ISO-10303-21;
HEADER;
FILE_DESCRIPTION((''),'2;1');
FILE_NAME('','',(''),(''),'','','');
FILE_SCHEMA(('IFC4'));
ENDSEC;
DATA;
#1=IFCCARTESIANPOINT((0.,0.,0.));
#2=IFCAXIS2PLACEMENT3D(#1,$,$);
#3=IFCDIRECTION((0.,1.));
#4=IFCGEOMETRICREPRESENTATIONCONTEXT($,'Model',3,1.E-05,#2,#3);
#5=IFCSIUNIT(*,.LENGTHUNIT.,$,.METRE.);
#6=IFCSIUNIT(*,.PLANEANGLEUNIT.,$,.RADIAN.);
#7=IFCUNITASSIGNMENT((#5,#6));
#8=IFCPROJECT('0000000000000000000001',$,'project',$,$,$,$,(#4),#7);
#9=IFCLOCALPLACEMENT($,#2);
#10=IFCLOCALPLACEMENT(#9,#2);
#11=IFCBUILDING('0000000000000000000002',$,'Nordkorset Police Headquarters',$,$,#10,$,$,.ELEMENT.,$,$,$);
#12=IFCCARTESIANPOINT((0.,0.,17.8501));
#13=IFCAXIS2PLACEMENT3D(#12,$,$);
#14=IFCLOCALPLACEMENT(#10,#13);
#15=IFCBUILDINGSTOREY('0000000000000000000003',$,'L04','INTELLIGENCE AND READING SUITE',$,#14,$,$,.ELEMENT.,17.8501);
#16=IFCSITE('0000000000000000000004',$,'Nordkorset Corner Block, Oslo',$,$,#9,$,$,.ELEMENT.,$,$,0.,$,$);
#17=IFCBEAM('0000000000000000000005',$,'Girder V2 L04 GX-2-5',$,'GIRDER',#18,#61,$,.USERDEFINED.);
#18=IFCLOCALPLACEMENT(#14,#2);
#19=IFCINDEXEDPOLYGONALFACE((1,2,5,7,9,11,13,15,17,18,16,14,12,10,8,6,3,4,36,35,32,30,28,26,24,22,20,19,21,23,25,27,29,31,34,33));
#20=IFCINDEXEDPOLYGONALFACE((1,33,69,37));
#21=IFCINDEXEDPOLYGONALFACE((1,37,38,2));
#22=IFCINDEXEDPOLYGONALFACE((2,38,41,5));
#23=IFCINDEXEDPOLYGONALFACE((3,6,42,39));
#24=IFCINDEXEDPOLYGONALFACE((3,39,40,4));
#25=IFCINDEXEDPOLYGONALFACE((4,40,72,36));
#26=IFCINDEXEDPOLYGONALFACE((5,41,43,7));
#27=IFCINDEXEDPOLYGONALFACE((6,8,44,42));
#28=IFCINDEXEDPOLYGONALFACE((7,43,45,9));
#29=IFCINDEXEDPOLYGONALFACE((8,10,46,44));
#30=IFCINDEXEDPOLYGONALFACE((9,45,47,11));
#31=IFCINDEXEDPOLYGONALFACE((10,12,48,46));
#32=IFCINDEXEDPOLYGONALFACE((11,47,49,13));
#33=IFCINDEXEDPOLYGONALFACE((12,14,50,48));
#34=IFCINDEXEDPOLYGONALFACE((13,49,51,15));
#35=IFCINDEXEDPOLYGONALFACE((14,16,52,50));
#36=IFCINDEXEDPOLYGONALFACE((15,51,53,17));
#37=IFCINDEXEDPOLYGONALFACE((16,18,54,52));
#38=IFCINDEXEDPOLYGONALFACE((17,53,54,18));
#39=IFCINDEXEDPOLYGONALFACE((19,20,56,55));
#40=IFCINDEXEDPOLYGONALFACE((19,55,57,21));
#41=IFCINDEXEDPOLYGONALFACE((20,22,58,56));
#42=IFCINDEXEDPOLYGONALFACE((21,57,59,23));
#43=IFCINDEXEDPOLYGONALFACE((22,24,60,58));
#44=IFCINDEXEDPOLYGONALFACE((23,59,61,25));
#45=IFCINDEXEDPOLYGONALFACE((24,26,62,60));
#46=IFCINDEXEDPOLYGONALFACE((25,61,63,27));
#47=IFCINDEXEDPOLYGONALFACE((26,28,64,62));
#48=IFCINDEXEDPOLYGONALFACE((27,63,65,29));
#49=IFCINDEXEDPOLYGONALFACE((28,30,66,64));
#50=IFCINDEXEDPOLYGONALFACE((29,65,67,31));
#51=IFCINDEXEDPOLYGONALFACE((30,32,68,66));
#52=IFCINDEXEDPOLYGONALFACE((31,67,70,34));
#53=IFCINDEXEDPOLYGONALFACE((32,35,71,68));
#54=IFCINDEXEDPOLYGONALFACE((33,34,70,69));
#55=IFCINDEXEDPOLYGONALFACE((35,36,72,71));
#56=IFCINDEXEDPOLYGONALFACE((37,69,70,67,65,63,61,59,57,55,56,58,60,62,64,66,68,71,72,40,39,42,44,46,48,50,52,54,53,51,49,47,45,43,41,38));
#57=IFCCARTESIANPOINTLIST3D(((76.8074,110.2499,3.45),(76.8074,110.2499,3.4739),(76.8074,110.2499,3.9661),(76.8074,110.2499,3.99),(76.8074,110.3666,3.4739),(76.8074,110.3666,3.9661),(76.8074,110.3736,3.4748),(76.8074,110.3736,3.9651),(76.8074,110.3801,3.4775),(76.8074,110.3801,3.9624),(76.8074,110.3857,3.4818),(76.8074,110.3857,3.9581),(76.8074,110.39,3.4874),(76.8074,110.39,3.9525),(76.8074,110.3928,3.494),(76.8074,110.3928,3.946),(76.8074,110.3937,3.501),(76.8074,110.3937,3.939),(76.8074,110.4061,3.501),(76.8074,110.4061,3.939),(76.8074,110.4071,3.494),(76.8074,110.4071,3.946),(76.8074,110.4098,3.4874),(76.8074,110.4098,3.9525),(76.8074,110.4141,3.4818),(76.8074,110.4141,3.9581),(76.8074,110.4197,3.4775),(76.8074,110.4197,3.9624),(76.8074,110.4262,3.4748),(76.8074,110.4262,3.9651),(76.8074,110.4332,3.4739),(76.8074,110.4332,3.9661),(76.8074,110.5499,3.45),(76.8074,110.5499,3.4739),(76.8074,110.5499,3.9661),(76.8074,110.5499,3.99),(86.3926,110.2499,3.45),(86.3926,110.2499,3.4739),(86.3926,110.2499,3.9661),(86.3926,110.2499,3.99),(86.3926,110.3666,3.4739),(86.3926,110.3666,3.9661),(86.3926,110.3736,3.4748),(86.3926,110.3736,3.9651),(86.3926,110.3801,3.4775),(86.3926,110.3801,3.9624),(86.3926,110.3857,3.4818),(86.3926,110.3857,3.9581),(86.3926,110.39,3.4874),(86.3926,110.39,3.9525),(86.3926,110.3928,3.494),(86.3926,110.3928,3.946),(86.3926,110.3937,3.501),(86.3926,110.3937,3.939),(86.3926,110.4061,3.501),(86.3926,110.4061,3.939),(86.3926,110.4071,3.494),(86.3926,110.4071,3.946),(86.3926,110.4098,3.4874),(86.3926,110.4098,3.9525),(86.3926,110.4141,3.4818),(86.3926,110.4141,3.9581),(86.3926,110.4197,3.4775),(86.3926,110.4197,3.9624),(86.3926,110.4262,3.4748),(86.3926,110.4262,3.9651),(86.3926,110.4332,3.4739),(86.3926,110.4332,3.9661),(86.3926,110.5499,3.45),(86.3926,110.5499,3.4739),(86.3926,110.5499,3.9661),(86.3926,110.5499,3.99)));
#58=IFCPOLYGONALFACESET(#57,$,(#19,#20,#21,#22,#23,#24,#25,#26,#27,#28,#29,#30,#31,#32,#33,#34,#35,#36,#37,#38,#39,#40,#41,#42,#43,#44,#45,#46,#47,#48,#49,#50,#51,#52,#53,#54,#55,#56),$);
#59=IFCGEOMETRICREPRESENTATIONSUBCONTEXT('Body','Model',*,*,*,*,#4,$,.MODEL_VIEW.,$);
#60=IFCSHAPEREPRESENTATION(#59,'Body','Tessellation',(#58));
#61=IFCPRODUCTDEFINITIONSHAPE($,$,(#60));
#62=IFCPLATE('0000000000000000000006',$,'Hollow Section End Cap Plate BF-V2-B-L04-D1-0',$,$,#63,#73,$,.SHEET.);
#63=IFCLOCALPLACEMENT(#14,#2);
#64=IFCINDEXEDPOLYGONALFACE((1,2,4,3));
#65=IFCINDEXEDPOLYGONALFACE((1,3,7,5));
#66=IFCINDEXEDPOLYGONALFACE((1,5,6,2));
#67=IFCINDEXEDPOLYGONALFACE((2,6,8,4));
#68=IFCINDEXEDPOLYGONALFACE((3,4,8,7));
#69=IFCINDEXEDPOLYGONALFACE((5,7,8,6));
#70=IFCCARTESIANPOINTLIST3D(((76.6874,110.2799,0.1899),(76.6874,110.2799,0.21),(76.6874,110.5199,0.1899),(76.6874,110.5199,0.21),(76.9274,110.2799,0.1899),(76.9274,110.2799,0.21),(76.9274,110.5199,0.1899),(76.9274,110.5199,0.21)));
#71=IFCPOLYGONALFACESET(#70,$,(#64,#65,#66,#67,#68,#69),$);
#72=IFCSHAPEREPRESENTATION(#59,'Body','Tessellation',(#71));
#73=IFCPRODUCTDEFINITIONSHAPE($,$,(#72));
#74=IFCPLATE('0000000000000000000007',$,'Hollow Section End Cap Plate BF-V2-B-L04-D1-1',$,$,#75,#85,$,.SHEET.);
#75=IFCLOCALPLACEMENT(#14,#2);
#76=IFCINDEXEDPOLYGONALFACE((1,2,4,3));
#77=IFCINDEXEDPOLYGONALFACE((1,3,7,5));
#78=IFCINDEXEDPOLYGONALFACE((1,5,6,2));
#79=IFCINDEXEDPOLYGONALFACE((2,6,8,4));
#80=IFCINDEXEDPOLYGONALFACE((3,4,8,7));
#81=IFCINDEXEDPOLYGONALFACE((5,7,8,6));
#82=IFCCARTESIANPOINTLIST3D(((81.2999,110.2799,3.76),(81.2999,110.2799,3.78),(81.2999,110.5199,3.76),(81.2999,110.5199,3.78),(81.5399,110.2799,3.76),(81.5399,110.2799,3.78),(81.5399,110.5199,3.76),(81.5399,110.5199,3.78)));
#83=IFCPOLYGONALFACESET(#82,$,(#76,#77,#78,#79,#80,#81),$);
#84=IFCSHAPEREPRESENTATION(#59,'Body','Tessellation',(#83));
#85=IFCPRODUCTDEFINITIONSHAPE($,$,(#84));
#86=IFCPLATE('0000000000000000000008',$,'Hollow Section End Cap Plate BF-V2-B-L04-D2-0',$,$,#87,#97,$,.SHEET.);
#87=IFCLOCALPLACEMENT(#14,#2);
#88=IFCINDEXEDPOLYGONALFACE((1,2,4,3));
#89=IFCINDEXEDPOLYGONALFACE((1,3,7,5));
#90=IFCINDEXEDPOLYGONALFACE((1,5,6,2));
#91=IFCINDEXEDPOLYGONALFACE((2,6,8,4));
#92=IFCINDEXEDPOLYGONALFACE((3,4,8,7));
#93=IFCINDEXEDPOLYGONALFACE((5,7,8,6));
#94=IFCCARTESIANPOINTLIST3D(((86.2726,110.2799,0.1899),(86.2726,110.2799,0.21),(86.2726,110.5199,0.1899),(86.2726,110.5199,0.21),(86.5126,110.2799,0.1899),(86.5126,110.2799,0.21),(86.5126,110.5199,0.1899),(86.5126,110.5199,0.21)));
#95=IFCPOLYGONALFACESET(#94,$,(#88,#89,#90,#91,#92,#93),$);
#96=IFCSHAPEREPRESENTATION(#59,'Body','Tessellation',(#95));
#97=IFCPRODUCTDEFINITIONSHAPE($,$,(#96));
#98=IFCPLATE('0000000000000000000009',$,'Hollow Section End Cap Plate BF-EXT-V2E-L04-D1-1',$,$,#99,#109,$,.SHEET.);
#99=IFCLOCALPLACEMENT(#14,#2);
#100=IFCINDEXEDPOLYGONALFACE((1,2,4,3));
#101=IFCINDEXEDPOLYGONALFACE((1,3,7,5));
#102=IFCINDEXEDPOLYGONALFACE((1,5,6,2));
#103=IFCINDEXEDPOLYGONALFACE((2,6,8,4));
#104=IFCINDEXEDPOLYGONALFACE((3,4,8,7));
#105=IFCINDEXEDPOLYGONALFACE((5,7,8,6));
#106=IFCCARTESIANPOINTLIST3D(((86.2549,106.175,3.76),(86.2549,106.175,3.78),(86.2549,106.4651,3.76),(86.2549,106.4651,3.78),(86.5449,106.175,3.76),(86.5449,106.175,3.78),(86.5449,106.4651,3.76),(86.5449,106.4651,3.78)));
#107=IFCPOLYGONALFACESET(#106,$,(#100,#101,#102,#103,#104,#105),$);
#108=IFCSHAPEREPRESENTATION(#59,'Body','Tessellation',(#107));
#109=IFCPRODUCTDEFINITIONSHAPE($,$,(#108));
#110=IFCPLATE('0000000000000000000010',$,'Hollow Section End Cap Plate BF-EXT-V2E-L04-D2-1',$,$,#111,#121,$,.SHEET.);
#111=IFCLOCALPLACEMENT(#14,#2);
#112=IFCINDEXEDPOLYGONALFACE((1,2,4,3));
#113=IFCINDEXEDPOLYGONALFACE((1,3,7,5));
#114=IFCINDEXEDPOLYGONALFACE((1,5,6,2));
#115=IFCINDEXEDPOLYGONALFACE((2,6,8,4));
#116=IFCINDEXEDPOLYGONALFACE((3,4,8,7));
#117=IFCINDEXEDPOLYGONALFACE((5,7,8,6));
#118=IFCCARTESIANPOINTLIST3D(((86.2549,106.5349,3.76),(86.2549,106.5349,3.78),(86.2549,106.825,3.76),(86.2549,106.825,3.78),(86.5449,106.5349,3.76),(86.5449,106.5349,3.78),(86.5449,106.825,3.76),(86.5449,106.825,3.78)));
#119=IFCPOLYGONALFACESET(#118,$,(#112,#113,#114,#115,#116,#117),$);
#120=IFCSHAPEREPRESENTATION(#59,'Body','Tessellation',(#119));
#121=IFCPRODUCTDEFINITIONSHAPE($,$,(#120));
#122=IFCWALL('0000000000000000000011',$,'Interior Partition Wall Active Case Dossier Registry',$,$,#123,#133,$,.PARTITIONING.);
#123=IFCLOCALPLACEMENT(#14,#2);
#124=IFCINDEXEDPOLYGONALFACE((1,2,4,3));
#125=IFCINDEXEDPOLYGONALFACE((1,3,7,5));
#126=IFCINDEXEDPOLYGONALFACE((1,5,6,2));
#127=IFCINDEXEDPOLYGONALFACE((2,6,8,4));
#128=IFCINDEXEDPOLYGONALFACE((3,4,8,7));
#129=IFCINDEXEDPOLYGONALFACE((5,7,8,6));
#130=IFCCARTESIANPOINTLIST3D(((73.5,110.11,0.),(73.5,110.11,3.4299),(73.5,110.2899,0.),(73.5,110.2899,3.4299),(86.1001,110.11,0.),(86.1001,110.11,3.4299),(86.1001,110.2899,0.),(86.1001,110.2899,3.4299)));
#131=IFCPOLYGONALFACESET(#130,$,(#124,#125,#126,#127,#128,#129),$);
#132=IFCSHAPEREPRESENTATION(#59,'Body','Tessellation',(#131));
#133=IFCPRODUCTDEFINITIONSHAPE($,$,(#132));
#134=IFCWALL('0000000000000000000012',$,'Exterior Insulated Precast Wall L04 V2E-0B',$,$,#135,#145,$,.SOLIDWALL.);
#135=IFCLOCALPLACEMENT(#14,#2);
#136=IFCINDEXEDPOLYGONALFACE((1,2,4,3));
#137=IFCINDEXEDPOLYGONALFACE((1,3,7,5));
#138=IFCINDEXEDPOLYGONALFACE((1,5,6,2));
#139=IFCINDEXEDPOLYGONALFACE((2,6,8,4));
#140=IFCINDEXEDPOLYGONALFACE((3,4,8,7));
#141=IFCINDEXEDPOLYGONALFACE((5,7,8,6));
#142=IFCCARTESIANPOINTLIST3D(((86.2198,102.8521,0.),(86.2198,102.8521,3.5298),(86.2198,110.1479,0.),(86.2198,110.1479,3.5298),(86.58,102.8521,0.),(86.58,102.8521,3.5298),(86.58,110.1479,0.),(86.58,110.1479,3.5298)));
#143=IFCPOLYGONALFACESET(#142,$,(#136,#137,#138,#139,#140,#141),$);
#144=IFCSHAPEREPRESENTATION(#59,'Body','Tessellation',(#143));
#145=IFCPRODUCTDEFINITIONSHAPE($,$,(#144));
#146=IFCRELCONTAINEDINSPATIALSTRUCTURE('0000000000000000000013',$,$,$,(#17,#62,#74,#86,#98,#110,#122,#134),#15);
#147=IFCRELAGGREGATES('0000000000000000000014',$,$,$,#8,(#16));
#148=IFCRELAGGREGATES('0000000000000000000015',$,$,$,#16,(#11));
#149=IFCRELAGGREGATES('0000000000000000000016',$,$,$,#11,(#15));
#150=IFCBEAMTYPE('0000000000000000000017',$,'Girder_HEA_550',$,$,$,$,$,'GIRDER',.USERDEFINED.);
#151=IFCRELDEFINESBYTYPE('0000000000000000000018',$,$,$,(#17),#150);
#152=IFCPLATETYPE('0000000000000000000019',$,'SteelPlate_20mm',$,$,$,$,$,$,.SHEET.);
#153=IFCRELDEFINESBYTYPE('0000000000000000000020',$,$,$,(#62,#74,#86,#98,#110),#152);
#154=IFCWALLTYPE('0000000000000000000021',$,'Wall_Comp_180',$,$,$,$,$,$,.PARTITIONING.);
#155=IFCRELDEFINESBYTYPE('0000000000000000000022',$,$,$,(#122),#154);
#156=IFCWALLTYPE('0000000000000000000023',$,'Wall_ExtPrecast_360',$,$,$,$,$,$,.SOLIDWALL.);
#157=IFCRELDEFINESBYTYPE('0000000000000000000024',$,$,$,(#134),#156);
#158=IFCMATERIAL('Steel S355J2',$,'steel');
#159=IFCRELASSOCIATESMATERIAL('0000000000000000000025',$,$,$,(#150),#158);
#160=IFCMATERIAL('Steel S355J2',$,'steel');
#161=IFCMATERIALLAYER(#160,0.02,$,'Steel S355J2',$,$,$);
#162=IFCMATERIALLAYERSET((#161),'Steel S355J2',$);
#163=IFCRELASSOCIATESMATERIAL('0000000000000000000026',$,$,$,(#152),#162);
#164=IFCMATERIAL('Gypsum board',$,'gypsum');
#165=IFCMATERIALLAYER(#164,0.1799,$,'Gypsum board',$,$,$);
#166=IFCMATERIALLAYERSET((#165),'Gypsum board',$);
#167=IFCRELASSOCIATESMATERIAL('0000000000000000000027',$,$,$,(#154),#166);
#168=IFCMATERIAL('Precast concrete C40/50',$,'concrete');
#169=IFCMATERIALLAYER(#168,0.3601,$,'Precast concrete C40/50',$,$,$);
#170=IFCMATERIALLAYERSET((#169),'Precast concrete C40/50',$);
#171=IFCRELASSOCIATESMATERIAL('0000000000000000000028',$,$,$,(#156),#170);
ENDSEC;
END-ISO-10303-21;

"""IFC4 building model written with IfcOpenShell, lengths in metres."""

from ifc_helpers import new_model, si_unit, direction, frame, frame_2d, origin, origin_2d, place, context, subcontext, project, spatial, rectangle, i_section, extrude, material, layer, layer_set, material_profile, profile_set, type_object, element, save


model = new_model("IFC4")

# Units and contexts
model_context = context("Model", 3, precision=1e-05, world=origin(), true_north=direction((0.0, 1.0)))
body_context = subcontext(model_context, "Body", "Model", "MODEL_VIEW")
ifc_project = project(units=[si_unit("LENGTHUNIT", "METRE"), si_unit("PLANEANGLEUNIT", "RADIAN")], contexts=[model_context])

# Site, building, storey
site_placement = place(None, origin())
site = spatial("IfcSite", under=ifc_project, at=site_placement, Name="Nordkorset Corner Block, Oslo", CompositionType="ELEMENT", RefElevation=0.0)
building_placement = place(site_placement, origin())
building = spatial("IfcBuilding", under=site, at=building_placement, Name="Nordkorset Police Headquarters", CompositionType="ELEMENT")
storey_placement = place(building_placement, frame((0.0, 0.0, 17.8501)))
storey = spatial("IfcBuildingStorey", under=building, at=storey_placement, Name="L04", Description="INTELLIGENCE AND READING SUITE", CompositionType="ELEMENT", Elevation=17.8501)

# Beam
ifc_material_1 = material(Name="Steel S355J2", Category="steel")
ifc_material_profile_1 = material_profile(ifc_material_1, i_section(OverallWidth=0.3, OverallDepth=0.54, WebThickness=0.0125, FlangeThickness=0.0239, FilletRadius=0.0271, at=origin_2d()), Name="HEA 550")
ifc_profile_set_1 = profile_set([ifc_material_profile_1], Name="Steel S355J2")
beam_type_1 = type_object("IfcBeamType", Name="Girder_HEA_550", ElementType="GIRDER", PredefinedType="USERDEFINED", material=ifc_profile_set_1)
beam_placement = place(storey_placement, frame((76.8074, 110.3999, 3.72), z_axis=(1.0, 0.0, 0.0), x_axis=(0.0, 1.0, 0.0)))
element("IfcBeam", 1, at=beam_placement, inside=storey, type_object=beam_type_1, Name="Girder V2 L04 GX-2-5", ObjectType="GIRDER", PredefinedType="USERDEFINED", context=body_context, shape_type="SweptSolid", body=[
    extrude(i_section(OverallWidth=0.3, OverallDepth=0.54, WebThickness=0.0125, FlangeThickness=0.0239, FilletRadius=0.0271, at=origin_2d()), origin(), (0.0, 0.0, 1.0), 9.5852),
])

# Plates
ifc_material_2 = material(Name="Steel S355J2", Category="steel")
ifc_layer_1 = layer(ifc_material_2, 0.02, Name="Steel S355J2")
ifc_layer_set_1 = layer_set([ifc_layer_1], Name="Steel S355J2")
plate_type = type_object("IfcPlateType", Name="SteelPlate_20mm", PredefinedType="SHEET", material=ifc_layer_set_1)
for number, where, z_axis, x_axis, name in (
    (2, (76.8074, 110.3999, 0.1899), (0.0, 0.0, 1.0), (1.0, 0.0, 0.0), "Hollow Section End Cap Plate BF-V2-B-L04-D1-0"),
    (3, (81.4199, 110.3999, 3.76), (0.0, 0.0, 1.0), (1.0, 0.0, 0.0), "Hollow Section End Cap Plate BF-V2-B-L04-D1-1"),
    (4, (86.3926, 110.3999, 0.1899), (0.0, 0.0, 1.0), (1.0, 0.0, 0.0), "Hollow Section End Cap Plate BF-V2-B-L04-D2-0"),
):
    element("IfcPlate", number, at=place(storey_placement, frame(where, z_axis=z_axis, x_axis=x_axis)), inside=storey, type_object=plate_type, Name=name, PredefinedType="SHEET", context=body_context, shape_type="SweptSolid", body=[
        extrude(rectangle(XDim=0.24, YDim=0.24, at=origin_2d()), origin(), (0.0, 0.0, 1.0), 0.02),
    ])
for number, where, z_axis, x_axis, name in (
    (5, (86.3999, 106.3201, 3.76), (0.0, 0.0, 1.0), (1.0, 0.0, 0.0), "Hollow Section End Cap Plate BF-EXT-V2E-L04-D1-1"),
    (6, (86.3999, 106.6799, 3.76), (0.0, 0.0, 1.0), (1.0, 0.0, 0.0), "Hollow Section End Cap Plate BF-EXT-V2E-L04-D2-1"),
):
    element("IfcPlate", number, at=place(storey_placement, frame(where, z_axis=z_axis, x_axis=x_axis)), inside=storey, type_object=plate_type, Name=name, PredefinedType="SHEET", context=body_context, shape_type="SweptSolid", body=[
        extrude(rectangle(XDim=0.29, YDim=0.29, at=origin_2d()), origin(), (0.0, 0.0, 1.0), 0.02),
    ])

# Walls
ifc_material_3 = material(Name="Gypsum board", Category="gypsum")
ifc_layer_2 = layer(ifc_material_3, 0.1799, Name="Gypsum board")
ifc_layer_set_2 = layer_set([ifc_layer_2], Name="Gypsum board")
wall_type_1 = type_object("IfcWallType", Name="Wall_Comp_180", PredefinedType="PARTITIONING", material=ifc_layer_set_2)
wall_1_placement = place(storey_placement, frame((86.1001, 110.2, 0.0), z_axis=(0.0, 0.0, 1.0), x_axis=(-1.0, 0.0, 0.0)))
element("IfcWall", 7, at=wall_1_placement, inside=storey, type_object=wall_type_1, Name="Interior Partition Wall Active Case Dossier Registry", PredefinedType="PARTITIONING", context=body_context, shape_type="SweptSolid", body=[
    extrude(rectangle(XDim=12.6001, YDim=0.1799, at=frame_2d((6.3, 0.0))), origin(), (0.0, 0.0, 1.0), 3.4299),
])
ifc_material_4 = material(Name="Precast concrete C40/50", Category="concrete")
ifc_layer_3 = layer(ifc_material_4, 0.3601, Name="Precast concrete C40/50")
ifc_layer_set_3 = layer_set([ifc_layer_3], Name="Precast concrete C40/50")
wall_type_2 = type_object("IfcWallType", Name="Wall_ExtPrecast_360", PredefinedType="SOLIDWALL", material=ifc_layer_set_3)
wall_2_placement = place(storey_placement, frame((86.3999, 102.8521, 0.0), z_axis=(0.0, 0.0, 1.0), x_axis=(0.0, 1.0, 0.0)))
element("IfcWall", 8, at=wall_2_placement, inside=storey, type_object=wall_type_2, Name="Exterior Insulated Precast Wall L04 V2E-0B", PredefinedType="SOLIDWALL", context=body_context, shape_type="SweptSolid", body=[
    extrude(rectangle(XDim=7.2959, YDim=0.3601, at=frame_2d((3.6479, 0.0))), origin(), (0.0, 0.0, 1.0), 3.5298),
])

save(model, "model.ifc")
